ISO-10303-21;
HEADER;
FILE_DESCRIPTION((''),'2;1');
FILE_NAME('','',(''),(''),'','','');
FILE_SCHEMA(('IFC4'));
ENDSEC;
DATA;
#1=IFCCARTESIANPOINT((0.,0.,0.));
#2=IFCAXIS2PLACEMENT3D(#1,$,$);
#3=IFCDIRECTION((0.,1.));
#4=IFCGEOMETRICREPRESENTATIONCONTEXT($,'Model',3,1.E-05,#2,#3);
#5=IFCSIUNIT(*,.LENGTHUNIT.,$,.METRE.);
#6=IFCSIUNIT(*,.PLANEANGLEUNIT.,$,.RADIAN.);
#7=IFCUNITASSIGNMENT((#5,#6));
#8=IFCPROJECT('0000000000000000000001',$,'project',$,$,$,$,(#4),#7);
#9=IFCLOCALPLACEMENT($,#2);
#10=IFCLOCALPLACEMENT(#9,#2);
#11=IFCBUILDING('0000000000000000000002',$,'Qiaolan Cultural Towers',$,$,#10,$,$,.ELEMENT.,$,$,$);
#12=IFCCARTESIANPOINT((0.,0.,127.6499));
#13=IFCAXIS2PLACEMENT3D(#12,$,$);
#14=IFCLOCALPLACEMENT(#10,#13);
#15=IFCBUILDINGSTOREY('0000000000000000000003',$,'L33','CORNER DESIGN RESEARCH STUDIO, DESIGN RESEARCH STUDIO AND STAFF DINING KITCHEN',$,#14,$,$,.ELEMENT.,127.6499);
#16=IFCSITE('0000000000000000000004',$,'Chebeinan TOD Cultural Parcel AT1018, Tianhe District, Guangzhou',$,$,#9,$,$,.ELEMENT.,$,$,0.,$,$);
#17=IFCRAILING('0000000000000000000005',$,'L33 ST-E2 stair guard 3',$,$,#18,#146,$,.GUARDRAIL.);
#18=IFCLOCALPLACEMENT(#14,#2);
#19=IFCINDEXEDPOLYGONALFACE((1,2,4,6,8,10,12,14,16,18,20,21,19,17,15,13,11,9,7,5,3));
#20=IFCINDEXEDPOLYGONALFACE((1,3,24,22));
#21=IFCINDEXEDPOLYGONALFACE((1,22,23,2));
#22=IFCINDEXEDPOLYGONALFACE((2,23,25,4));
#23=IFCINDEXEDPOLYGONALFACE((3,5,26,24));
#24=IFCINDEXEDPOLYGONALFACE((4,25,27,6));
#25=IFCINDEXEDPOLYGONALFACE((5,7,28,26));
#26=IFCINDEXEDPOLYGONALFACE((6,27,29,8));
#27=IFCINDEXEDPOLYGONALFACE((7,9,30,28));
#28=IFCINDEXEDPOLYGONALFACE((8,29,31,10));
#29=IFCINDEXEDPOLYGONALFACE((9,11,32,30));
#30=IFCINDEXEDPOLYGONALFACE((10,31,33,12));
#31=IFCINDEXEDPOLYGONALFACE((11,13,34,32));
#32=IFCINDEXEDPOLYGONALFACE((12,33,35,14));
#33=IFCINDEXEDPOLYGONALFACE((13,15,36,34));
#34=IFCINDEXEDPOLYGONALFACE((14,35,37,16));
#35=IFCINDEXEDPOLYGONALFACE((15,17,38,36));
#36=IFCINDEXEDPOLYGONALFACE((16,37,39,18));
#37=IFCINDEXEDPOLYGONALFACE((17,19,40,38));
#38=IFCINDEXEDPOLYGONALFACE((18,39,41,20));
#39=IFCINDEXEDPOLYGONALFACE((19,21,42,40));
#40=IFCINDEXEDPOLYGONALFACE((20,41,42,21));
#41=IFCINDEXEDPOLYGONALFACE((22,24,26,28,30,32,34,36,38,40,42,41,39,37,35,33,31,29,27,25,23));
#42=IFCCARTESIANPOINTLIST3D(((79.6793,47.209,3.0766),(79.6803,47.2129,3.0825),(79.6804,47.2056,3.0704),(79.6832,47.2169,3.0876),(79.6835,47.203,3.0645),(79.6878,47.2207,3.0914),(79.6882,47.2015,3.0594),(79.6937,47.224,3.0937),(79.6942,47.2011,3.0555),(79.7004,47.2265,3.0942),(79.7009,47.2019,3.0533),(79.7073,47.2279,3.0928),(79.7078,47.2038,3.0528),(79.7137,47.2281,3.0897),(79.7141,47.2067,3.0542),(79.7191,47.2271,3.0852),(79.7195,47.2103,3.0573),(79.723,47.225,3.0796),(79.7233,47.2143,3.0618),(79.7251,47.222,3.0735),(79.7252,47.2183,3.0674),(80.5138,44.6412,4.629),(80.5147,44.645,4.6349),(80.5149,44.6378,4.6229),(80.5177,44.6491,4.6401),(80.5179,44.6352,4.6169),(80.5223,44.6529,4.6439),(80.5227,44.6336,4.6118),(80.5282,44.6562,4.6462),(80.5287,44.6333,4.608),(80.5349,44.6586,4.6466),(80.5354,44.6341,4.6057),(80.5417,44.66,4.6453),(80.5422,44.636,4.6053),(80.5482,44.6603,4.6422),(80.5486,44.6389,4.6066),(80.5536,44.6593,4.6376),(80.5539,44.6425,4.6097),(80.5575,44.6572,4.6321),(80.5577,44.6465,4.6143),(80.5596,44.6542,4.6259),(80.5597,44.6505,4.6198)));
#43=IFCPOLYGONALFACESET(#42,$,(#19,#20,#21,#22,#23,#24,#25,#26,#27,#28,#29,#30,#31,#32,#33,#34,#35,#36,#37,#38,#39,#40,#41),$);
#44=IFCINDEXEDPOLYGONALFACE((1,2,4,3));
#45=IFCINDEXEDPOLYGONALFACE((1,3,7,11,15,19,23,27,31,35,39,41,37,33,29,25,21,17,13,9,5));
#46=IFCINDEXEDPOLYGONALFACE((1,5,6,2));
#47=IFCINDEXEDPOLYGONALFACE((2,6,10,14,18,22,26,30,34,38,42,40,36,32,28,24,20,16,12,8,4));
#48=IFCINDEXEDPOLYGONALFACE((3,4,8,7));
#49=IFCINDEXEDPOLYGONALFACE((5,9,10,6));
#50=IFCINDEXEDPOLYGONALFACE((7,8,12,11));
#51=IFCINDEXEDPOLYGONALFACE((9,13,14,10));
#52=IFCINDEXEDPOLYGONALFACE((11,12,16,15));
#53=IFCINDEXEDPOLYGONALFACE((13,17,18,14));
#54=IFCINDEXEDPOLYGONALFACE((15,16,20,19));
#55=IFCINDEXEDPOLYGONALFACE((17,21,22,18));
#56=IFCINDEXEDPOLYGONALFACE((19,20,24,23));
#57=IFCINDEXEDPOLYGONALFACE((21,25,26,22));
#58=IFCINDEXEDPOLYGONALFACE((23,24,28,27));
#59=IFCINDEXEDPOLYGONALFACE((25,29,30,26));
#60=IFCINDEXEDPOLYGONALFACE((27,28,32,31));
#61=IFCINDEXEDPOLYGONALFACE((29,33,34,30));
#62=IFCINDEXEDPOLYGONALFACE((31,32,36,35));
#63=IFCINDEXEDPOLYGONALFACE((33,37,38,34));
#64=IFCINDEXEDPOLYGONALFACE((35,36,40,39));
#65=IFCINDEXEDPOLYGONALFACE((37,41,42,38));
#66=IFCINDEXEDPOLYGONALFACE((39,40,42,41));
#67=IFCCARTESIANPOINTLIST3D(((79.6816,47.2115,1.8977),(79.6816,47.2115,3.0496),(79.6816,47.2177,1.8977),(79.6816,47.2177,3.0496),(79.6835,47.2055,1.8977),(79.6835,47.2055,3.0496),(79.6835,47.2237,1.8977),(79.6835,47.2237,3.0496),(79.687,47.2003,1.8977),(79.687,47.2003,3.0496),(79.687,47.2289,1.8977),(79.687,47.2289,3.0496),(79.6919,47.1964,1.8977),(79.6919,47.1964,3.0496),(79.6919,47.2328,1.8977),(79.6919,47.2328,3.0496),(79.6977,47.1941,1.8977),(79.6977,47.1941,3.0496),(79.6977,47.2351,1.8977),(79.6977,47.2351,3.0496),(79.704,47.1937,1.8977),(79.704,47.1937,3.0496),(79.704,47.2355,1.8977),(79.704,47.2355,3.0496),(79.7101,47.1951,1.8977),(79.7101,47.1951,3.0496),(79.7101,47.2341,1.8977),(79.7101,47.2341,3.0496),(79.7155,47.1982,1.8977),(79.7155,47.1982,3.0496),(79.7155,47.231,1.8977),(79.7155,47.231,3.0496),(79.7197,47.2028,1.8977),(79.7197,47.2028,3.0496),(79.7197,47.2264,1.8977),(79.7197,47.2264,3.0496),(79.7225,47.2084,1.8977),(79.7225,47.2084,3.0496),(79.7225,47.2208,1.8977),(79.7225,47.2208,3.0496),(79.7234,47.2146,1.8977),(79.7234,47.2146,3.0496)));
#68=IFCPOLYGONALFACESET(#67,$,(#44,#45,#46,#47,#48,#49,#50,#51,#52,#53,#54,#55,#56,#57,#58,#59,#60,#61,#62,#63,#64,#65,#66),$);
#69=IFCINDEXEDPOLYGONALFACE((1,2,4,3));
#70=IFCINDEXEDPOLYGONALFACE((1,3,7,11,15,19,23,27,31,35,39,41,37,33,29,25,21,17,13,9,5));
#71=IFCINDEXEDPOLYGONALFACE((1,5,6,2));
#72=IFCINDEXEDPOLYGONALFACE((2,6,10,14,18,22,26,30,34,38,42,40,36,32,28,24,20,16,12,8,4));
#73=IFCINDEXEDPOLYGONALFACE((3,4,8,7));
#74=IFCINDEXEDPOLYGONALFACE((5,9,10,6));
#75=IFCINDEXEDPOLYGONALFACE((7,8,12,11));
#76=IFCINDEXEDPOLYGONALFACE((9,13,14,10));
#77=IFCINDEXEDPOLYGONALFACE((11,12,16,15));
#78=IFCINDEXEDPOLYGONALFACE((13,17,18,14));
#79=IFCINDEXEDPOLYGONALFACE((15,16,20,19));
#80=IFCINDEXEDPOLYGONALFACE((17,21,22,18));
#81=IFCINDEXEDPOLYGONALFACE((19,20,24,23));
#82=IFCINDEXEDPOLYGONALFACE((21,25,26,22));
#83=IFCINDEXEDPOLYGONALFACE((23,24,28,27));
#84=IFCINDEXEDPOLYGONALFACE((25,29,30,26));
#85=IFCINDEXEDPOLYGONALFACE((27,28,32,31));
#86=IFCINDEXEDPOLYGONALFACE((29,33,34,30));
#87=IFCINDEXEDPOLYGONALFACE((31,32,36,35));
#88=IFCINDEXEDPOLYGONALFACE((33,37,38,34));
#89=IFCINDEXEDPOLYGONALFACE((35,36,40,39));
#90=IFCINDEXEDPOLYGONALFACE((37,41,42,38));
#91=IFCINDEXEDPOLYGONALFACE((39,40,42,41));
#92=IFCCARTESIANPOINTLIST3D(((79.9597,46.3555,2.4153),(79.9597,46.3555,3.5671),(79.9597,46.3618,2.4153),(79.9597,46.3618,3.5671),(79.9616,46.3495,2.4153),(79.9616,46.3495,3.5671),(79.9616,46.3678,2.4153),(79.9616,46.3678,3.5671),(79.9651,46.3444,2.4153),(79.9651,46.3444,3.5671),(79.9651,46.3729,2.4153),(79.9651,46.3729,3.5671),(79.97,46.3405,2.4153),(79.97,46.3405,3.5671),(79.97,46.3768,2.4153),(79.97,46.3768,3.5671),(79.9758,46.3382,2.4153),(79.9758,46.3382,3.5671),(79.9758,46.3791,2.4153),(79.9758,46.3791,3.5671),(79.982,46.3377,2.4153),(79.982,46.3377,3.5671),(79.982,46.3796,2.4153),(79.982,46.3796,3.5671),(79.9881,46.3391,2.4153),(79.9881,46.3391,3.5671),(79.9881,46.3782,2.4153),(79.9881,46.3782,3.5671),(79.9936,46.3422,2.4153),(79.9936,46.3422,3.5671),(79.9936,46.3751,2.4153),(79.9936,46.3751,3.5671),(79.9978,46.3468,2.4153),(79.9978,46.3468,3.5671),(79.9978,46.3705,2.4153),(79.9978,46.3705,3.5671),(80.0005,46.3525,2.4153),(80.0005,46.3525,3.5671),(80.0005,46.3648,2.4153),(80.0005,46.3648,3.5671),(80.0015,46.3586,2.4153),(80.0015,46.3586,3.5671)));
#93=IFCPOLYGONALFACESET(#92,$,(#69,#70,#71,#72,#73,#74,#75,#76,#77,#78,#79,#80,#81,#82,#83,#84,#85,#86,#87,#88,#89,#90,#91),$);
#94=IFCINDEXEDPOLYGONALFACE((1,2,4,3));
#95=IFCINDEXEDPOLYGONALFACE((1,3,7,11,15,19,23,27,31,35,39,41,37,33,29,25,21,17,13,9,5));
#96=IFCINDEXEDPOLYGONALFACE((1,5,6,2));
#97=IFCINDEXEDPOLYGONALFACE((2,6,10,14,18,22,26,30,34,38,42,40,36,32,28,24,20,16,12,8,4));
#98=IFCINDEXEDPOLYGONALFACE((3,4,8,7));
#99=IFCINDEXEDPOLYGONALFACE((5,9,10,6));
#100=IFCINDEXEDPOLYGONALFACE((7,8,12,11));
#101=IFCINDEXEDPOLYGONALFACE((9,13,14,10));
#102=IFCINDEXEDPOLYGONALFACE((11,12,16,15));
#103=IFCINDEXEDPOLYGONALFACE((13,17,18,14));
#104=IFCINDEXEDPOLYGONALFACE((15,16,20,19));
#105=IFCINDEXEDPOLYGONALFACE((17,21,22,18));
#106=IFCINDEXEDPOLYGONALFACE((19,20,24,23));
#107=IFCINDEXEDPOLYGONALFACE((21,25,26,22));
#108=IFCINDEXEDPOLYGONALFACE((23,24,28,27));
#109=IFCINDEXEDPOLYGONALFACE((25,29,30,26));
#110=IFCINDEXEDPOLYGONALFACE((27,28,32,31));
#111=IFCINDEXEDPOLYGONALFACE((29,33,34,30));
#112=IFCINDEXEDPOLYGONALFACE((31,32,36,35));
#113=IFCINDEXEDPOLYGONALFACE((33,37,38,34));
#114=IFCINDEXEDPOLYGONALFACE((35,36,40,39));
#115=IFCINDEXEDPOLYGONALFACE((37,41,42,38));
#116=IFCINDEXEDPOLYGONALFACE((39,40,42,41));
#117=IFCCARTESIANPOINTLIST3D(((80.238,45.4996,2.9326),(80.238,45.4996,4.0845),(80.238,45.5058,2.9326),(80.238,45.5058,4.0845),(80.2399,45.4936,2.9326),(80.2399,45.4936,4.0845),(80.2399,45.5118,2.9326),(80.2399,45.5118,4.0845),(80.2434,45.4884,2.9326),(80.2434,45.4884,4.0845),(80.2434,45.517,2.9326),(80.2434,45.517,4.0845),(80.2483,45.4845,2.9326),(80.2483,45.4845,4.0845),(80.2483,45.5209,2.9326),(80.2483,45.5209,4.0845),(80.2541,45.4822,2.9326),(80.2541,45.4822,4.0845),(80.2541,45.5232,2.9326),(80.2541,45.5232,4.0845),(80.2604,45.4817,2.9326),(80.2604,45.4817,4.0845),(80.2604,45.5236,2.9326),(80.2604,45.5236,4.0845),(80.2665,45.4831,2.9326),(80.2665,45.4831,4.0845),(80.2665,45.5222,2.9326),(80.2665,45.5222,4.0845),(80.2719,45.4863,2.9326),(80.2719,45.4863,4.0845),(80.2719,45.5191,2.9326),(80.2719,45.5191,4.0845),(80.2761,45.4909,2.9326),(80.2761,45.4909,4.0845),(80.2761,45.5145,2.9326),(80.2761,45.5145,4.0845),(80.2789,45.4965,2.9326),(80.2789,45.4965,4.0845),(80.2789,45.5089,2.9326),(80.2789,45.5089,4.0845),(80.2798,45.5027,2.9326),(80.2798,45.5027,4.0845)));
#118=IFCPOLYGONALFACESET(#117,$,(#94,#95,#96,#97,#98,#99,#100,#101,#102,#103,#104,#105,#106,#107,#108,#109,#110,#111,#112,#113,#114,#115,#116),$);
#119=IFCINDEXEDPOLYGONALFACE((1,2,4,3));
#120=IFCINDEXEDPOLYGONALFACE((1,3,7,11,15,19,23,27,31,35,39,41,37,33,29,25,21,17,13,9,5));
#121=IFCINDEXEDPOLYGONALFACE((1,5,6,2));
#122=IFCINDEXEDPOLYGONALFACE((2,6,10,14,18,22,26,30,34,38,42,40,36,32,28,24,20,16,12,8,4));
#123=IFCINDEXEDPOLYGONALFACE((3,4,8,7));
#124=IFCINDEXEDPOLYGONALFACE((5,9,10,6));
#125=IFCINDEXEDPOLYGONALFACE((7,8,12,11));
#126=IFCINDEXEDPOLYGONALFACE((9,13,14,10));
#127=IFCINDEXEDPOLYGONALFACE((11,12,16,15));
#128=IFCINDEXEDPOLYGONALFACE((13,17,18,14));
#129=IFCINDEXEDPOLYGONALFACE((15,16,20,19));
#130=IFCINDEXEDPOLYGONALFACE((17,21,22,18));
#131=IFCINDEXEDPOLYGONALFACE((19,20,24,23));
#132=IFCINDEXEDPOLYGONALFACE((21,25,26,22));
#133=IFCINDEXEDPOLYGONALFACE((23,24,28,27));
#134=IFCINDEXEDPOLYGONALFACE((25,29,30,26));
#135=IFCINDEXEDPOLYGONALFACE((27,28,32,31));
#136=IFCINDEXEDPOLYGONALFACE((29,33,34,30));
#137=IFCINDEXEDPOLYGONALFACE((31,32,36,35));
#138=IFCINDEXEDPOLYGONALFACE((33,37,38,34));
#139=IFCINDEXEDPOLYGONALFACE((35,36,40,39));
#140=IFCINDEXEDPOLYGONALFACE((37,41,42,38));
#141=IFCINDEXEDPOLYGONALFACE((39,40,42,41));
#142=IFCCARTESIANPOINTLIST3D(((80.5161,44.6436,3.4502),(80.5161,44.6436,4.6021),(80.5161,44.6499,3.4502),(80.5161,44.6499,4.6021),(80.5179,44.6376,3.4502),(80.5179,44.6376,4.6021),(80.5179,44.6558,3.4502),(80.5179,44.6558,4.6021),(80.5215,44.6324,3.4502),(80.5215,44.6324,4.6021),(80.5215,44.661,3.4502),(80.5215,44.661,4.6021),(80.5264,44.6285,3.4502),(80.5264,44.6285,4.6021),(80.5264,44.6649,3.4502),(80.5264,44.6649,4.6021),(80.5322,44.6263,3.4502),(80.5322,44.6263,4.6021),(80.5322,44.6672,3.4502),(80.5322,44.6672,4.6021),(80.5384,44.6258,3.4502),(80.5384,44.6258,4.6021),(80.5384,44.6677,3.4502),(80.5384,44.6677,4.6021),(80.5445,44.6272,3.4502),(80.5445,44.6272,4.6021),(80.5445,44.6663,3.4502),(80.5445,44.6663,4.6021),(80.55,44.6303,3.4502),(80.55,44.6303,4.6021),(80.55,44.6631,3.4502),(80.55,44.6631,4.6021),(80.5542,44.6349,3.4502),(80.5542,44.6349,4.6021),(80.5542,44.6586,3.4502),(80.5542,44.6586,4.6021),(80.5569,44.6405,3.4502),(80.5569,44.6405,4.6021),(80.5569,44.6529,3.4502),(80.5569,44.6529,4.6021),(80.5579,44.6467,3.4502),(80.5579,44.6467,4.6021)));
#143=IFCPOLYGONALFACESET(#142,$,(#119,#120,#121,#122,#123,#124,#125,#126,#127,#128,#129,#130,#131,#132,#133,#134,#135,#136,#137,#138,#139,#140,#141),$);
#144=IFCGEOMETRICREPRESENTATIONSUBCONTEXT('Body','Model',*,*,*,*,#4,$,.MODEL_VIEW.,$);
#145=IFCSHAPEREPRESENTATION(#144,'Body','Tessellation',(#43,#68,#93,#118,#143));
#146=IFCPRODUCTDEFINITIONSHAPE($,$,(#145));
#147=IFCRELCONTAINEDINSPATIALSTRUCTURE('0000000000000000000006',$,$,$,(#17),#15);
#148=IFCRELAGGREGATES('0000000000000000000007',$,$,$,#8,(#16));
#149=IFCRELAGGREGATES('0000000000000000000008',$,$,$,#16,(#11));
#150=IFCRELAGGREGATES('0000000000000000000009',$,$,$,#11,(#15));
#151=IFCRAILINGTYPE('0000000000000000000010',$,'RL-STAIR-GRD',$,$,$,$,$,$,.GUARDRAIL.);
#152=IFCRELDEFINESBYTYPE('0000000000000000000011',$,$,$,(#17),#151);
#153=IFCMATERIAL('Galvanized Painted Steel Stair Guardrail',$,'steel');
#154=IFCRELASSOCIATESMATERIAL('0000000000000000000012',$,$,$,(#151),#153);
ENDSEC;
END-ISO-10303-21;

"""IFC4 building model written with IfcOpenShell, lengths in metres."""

from ifc_helpers import new_model, si_unit, direction, frame, origin, origin_2d, place, context, subcontext, project, spatial, circle, extrude, material, type_object, element, save


model = new_model("IFC4")

# Units and contexts
model_context = context("Model", 3, precision=1e-05, world=origin(), true_north=direction((0.0, 1.0)))
body_context = subcontext(model_context, "Body", "Model", "MODEL_VIEW")
ifc_project = project(units=[si_unit("LENGTHUNIT", "METRE"), si_unit("PLANEANGLEUNIT", "RADIAN")], contexts=[model_context])

# Site, building, storey
site_placement = place(None, origin())
site = spatial("IfcSite", under=ifc_project, at=site_placement, Name="Chebeinan TOD Cultural Parcel AT1018, Tianhe District, Guangzhou", CompositionType="ELEMENT", RefElevation=0.0)
building_placement = place(site_placement, origin())
building = spatial("IfcBuilding", under=site, at=building_placement, Name="Qiaolan Cultural Towers", CompositionType="ELEMENT")
storey_placement = place(building_placement, frame((0.0, 0.0, 127.6499)))
storey = spatial("IfcBuildingStorey", under=building, at=storey_placement, Name="L33", Description="CORNER DESIGN RESEARCH STUDIO, DESIGN RESEARCH STUDIO AND STAFF DINING KITCHEN", CompositionType="ELEMENT", Elevation=127.6499)

# Railing
ifc_material_1 = material(Name="Galvanized Painted Steel Stair Guardrail", Category="steel")
railing_type_1 = type_object("IfcRailingType", Name="RL-STAIR-GRD", PredefinedType="GUARDRAIL", material=ifc_material_1)
railing_1_placement = place(storey_placement, frame((79.7024, 47.2146, 1.8977)))
element("IfcRailing", 1, at=railing_1_placement, inside=storey, type_object=railing_type_1, Name="L33 ST-E2 stair guard 3", PredefinedType="GUARDRAIL", context=body_context, shape_type="SweptSolid", body=[
    extrude(circle(Radius=0.0239, at=origin_2d()), frame((0.0, 0.0, 1.1758), z_axis=(0.267926, -0.824471, 0.498461), x_axis=(0.951043, 0.309057, 0.0)), (0.0, 0.0, 1.0), 3.1145),
    extrude(circle(Radius=0.021, at=origin_2d()), origin(), (0.0, 0.0, 1.0), 1.1519),
    extrude(circle(Radius=0.021, at=origin_2d()), frame((0.2781, -0.856, 0.5176)), (0.0, 0.0, 1.0), 1.1519),
    extrude(circle(Radius=0.021, at=origin_2d()), frame((0.5564, -1.7119, 1.0349)), (0.0, 0.0, 1.0), 1.1519),
    extrude(circle(Radius=0.021, at=origin_2d()), frame((0.8345, -2.5679, 1.5525)), (0.0, 0.0, 1.0), 1.1519),
])

save(model, "model.ifc")
